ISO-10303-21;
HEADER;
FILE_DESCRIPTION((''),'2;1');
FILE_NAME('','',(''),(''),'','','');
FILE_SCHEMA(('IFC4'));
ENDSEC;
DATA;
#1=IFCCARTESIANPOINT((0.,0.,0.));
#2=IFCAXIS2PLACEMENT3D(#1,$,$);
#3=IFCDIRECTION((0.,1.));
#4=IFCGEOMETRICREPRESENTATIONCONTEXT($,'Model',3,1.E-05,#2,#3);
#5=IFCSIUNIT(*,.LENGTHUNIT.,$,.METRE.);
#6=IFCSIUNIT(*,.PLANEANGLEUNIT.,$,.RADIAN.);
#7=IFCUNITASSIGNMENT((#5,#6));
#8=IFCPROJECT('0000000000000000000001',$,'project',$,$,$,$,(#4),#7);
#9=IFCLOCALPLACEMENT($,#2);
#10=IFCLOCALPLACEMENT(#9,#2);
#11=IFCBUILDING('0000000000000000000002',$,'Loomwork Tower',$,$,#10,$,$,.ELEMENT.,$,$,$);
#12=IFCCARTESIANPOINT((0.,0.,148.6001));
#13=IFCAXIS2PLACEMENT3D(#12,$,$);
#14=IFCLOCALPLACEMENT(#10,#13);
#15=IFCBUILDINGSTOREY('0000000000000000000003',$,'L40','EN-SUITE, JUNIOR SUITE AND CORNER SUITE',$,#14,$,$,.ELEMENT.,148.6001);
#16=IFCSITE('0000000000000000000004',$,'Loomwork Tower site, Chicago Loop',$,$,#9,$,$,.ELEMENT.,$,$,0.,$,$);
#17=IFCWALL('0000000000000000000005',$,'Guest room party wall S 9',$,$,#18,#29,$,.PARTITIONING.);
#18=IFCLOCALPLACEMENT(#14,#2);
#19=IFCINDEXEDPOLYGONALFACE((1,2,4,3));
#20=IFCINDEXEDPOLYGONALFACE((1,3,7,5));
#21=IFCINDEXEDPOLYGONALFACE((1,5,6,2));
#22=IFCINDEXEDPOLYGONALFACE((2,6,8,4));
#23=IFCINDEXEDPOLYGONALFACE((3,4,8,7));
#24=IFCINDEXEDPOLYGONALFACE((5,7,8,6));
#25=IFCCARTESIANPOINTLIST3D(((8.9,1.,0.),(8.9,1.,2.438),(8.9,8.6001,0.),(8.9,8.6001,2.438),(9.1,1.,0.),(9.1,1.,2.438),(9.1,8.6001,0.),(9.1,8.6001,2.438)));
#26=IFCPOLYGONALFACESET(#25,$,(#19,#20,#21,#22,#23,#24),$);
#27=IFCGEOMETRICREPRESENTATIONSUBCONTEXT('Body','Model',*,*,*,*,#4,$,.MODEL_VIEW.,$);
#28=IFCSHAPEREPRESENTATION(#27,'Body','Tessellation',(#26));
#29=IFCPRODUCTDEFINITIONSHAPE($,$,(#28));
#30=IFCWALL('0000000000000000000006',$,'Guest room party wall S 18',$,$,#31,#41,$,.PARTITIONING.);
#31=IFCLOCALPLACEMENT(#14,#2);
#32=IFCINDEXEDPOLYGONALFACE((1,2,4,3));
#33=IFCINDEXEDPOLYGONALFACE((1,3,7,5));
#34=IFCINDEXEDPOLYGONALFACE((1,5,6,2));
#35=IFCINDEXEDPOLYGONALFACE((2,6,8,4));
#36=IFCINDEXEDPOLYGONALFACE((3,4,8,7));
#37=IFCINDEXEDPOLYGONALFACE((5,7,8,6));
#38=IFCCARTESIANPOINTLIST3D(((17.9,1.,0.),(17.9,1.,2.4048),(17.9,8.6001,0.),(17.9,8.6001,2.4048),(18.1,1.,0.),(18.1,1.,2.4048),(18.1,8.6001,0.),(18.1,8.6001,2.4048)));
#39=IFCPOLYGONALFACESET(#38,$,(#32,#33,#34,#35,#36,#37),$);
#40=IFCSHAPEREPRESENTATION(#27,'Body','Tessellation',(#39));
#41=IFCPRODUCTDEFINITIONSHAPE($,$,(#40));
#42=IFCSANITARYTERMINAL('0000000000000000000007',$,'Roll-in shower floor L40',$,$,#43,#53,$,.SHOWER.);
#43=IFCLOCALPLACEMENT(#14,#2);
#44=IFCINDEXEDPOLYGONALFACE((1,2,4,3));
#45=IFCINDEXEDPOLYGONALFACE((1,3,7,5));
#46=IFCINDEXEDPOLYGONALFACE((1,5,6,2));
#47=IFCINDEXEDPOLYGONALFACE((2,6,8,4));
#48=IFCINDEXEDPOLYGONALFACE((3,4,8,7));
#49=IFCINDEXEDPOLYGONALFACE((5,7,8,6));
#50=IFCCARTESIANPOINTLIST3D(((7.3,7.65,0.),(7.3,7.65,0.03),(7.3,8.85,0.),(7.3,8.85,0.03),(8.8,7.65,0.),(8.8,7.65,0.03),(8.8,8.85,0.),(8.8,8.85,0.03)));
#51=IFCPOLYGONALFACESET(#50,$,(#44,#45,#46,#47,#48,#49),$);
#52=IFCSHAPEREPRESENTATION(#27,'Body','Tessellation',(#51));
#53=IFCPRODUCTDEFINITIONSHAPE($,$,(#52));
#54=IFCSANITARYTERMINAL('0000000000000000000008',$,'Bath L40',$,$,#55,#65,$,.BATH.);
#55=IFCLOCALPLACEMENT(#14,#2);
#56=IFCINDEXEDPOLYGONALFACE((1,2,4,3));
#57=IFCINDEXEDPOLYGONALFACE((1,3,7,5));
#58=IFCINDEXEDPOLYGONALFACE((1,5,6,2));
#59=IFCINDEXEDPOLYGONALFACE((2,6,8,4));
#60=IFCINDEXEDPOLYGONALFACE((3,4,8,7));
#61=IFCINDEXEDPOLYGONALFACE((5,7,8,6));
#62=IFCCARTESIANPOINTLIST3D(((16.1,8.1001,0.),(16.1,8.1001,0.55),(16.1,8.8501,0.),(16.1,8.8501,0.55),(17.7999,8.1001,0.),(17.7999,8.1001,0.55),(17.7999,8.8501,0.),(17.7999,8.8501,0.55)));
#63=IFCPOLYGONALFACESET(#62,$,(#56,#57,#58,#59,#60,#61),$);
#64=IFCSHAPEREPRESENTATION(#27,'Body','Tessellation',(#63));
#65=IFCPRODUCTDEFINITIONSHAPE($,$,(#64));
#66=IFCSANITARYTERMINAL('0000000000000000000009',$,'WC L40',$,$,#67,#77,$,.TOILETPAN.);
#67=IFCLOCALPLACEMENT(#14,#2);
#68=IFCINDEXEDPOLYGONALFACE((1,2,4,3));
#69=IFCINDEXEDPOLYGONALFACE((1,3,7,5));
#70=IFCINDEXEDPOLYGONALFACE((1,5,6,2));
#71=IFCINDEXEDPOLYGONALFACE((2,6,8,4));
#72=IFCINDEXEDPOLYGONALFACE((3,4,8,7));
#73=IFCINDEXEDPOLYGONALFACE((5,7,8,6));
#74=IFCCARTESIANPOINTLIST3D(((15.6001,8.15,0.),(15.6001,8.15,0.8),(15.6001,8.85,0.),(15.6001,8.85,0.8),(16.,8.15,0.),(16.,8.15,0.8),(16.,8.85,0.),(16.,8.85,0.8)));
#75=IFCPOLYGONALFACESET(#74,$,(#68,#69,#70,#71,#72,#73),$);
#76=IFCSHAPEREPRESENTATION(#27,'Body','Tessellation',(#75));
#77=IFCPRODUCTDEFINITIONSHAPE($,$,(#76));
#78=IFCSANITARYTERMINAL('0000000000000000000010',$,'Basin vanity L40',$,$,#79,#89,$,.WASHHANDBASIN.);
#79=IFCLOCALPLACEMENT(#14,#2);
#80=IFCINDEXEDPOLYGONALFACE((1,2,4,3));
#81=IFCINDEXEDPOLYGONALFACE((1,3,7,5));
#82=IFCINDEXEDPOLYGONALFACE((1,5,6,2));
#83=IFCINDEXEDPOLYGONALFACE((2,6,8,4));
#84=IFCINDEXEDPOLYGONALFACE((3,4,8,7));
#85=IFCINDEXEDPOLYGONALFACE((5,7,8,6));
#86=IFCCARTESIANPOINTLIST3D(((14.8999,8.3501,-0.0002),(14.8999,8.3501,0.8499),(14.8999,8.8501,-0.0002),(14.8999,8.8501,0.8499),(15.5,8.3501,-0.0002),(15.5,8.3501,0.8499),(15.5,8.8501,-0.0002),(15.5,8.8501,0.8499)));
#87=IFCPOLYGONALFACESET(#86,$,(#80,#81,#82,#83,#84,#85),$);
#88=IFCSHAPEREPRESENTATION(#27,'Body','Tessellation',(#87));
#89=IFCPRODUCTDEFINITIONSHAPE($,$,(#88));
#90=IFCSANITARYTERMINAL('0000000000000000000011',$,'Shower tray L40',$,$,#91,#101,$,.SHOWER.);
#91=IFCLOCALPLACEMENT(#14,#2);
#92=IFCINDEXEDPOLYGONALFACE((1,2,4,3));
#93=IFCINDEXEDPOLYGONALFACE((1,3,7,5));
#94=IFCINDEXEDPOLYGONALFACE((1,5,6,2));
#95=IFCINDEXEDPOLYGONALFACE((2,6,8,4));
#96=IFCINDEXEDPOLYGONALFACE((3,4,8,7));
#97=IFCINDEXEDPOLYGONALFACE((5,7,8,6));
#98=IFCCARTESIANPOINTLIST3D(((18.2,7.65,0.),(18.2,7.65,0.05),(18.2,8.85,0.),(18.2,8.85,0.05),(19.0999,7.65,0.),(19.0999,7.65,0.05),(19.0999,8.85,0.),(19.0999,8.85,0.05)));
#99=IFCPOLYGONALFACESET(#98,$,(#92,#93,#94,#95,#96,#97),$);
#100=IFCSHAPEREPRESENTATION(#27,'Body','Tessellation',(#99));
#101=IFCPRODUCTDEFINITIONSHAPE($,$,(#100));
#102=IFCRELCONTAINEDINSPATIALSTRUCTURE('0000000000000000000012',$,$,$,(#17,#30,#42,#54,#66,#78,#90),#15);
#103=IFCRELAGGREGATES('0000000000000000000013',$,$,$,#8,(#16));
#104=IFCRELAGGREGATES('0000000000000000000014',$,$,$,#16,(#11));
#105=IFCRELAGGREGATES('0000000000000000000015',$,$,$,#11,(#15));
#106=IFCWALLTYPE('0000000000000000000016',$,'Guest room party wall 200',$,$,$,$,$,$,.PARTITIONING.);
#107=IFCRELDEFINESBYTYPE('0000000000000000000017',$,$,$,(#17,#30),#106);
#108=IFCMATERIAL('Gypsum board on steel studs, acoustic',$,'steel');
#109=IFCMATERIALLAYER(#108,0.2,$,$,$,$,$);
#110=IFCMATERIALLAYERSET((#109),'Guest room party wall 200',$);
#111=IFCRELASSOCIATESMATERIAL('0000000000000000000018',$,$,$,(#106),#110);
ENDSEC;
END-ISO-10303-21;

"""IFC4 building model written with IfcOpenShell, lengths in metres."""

from ifc_helpers import new_model, si_unit, direction, frame, frame_2d, origin, origin_2d, place, context, subcontext, project, spatial, rectangle, extrude, material, layer, layer_set, type_object, element, save


model = new_model("IFC4")

# Units and contexts
model_context = context("Model", 3, precision=1e-05, world=origin(), true_north=direction((0.0, 1.0)))
body_context = subcontext(model_context, "Body", "Model", "MODEL_VIEW")
ifc_project = project(units=[si_unit("LENGTHUNIT", "METRE"), si_unit("PLANEANGLEUNIT", "RADIAN")], contexts=[model_context])

# Site, building, storey
site_placement = place(None, origin())
site = spatial("IfcSite", under=ifc_project, at=site_placement, Name="Loomwork Tower site, Chicago Loop", CompositionType="ELEMENT", RefElevation=0.0)
building_placement = place(site_placement, origin())
building = spatial("IfcBuilding", under=site, at=building_placement, Name="Loomwork Tower", CompositionType="ELEMENT")
storey_placement = place(building_placement, frame((0.0, 0.0, 148.6001)))
storey = spatial("IfcBuildingStorey", under=building, at=storey_placement, Name="L40", Description="EN-SUITE, JUNIOR SUITE AND CORNER SUITE", CompositionType="ELEMENT", Elevation=148.6001)

# Walls
ifc_material_1 = material(Name="Gypsum board on steel studs, acoustic", Category="steel")
ifc_layer_1 = layer(ifc_material_1, 0.2)
ifc_layer_set_1 = layer_set([ifc_layer_1], Name="Guest room party wall 200")
wall_type_1 = type_object("IfcWallType", Name="Guest room party wall 200", PredefinedType="PARTITIONING", material=ifc_layer_set_1)
wall_1_placement = place(storey_placement, frame((9.0, 8.6001, 0.0), z_axis=(0.0, 0.0, 1.0), x_axis=(0.0, -1.0, 0.0)))
element("IfcWall", 1, at=wall_1_placement, inside=storey, type_object=wall_type_1, Name="Guest room party wall S 9", PredefinedType="PARTITIONING", context=body_context, shape_type="SweptSolid", body=[
    extrude(rectangle(XDim=7.6001, YDim=0.2, at=frame_2d((3.8, 0.0))), origin(), (0.0, 0.0, 1.0), 2.438),
])
wall_2_placement = place(storey_placement, frame((18.0, 8.6001, 0.0), z_axis=(0.0, 0.0, 1.0), x_axis=(0.0, -1.0, 0.0)))
element("IfcWall", 2, at=wall_2_placement, inside=storey, type_object=wall_type_1, Name="Guest room party wall S 18", PredefinedType="PARTITIONING", context=body_context, shape_type="SweptSolid", body=[
    extrude(rectangle(XDim=7.6001, YDim=0.2, at=frame_2d((3.8, 0.0))), origin(), (0.0, 0.0, 1.0), 2.4048),
])

# Sanitary terminals
sanitary_terminal_1_placement = place(storey_placement, frame((8.05, 8.25, 0.0), z_axis=(0.0, 0.0, 1.0), x_axis=(1.0, 0.0, 0.0)))
element("IfcSanitaryTerminal", 3, at=sanitary_terminal_1_placement, inside=storey, Name="Roll-in shower floor L40", PredefinedType="SHOWER", context=body_context, shape_type="SweptSolid", body=[
    extrude(rectangle(XDim=1.5, YDim=1.2, at=origin_2d()), origin(), (0.0, 0.0, 1.0), 0.03),
])
sanitary_terminal_2_placement = place(storey_placement, frame((16.95, 8.4751, 0.0), z_axis=(0.0, 0.0, 1.0), x_axis=(1.0, 0.0, 0.0)))
element("IfcSanitaryTerminal", 4, at=sanitary_terminal_2_placement, inside=storey, Name="Bath L40", PredefinedType="BATH", context=body_context, shape_type="SweptSolid", body=[
    extrude(rectangle(XDim=1.7, YDim=0.75, at=origin_2d()), origin(), (0.0, 0.0, 1.0), 0.55),
])
sanitary_terminal_3_placement = place(storey_placement, frame((15.8, 8.5, 0.0), z_axis=(0.0, 0.0, 1.0), x_axis=(1.0, 0.0, 0.0)))
element("IfcSanitaryTerminal", 5, at=sanitary_terminal_3_placement, inside=storey, Name="WC L40", PredefinedType="TOILETPAN", context=body_context, shape_type="SweptSolid", body=[
    extrude(rectangle(XDim=0.3999, YDim=0.7, at=origin_2d()), origin(), (0.0, 0.0, 1.0), 0.8),
])
sanitary_terminal_4_placement = place(storey_placement, frame((15.2, 8.6001, -0.0002), z_axis=(0.0, 0.0, 1.0), x_axis=(1.0, 0.0, 0.0)))
element("IfcSanitaryTerminal", 6, at=sanitary_terminal_4_placement, inside=storey, Name="Basin vanity L40", PredefinedType="WASHHANDBASIN", context=body_context, shape_type="SweptSolid", body=[
    extrude(rectangle(XDim=0.6001, YDim=0.5, at=origin_2d()), origin(), (0.0, 0.0, 1.0), 0.8501),
])
sanitary_terminal_5_placement = place(storey_placement, frame((18.6499, 8.25, 0.0), z_axis=(0.0, 0.0, 1.0), x_axis=(1.0, 0.0, 0.0)))
element("IfcSanitaryTerminal", 7, at=sanitary_terminal_5_placement, inside=storey, Name="Shower tray L40", PredefinedType="SHOWER", context=body_context, shape_type="SweptSolid", body=[
    extrude(rectangle(XDim=0.8999, YDim=1.2, at=origin_2d()), origin(), (0.0, 0.0, 1.0), 0.05),
])

save(model, "model.ifc")
